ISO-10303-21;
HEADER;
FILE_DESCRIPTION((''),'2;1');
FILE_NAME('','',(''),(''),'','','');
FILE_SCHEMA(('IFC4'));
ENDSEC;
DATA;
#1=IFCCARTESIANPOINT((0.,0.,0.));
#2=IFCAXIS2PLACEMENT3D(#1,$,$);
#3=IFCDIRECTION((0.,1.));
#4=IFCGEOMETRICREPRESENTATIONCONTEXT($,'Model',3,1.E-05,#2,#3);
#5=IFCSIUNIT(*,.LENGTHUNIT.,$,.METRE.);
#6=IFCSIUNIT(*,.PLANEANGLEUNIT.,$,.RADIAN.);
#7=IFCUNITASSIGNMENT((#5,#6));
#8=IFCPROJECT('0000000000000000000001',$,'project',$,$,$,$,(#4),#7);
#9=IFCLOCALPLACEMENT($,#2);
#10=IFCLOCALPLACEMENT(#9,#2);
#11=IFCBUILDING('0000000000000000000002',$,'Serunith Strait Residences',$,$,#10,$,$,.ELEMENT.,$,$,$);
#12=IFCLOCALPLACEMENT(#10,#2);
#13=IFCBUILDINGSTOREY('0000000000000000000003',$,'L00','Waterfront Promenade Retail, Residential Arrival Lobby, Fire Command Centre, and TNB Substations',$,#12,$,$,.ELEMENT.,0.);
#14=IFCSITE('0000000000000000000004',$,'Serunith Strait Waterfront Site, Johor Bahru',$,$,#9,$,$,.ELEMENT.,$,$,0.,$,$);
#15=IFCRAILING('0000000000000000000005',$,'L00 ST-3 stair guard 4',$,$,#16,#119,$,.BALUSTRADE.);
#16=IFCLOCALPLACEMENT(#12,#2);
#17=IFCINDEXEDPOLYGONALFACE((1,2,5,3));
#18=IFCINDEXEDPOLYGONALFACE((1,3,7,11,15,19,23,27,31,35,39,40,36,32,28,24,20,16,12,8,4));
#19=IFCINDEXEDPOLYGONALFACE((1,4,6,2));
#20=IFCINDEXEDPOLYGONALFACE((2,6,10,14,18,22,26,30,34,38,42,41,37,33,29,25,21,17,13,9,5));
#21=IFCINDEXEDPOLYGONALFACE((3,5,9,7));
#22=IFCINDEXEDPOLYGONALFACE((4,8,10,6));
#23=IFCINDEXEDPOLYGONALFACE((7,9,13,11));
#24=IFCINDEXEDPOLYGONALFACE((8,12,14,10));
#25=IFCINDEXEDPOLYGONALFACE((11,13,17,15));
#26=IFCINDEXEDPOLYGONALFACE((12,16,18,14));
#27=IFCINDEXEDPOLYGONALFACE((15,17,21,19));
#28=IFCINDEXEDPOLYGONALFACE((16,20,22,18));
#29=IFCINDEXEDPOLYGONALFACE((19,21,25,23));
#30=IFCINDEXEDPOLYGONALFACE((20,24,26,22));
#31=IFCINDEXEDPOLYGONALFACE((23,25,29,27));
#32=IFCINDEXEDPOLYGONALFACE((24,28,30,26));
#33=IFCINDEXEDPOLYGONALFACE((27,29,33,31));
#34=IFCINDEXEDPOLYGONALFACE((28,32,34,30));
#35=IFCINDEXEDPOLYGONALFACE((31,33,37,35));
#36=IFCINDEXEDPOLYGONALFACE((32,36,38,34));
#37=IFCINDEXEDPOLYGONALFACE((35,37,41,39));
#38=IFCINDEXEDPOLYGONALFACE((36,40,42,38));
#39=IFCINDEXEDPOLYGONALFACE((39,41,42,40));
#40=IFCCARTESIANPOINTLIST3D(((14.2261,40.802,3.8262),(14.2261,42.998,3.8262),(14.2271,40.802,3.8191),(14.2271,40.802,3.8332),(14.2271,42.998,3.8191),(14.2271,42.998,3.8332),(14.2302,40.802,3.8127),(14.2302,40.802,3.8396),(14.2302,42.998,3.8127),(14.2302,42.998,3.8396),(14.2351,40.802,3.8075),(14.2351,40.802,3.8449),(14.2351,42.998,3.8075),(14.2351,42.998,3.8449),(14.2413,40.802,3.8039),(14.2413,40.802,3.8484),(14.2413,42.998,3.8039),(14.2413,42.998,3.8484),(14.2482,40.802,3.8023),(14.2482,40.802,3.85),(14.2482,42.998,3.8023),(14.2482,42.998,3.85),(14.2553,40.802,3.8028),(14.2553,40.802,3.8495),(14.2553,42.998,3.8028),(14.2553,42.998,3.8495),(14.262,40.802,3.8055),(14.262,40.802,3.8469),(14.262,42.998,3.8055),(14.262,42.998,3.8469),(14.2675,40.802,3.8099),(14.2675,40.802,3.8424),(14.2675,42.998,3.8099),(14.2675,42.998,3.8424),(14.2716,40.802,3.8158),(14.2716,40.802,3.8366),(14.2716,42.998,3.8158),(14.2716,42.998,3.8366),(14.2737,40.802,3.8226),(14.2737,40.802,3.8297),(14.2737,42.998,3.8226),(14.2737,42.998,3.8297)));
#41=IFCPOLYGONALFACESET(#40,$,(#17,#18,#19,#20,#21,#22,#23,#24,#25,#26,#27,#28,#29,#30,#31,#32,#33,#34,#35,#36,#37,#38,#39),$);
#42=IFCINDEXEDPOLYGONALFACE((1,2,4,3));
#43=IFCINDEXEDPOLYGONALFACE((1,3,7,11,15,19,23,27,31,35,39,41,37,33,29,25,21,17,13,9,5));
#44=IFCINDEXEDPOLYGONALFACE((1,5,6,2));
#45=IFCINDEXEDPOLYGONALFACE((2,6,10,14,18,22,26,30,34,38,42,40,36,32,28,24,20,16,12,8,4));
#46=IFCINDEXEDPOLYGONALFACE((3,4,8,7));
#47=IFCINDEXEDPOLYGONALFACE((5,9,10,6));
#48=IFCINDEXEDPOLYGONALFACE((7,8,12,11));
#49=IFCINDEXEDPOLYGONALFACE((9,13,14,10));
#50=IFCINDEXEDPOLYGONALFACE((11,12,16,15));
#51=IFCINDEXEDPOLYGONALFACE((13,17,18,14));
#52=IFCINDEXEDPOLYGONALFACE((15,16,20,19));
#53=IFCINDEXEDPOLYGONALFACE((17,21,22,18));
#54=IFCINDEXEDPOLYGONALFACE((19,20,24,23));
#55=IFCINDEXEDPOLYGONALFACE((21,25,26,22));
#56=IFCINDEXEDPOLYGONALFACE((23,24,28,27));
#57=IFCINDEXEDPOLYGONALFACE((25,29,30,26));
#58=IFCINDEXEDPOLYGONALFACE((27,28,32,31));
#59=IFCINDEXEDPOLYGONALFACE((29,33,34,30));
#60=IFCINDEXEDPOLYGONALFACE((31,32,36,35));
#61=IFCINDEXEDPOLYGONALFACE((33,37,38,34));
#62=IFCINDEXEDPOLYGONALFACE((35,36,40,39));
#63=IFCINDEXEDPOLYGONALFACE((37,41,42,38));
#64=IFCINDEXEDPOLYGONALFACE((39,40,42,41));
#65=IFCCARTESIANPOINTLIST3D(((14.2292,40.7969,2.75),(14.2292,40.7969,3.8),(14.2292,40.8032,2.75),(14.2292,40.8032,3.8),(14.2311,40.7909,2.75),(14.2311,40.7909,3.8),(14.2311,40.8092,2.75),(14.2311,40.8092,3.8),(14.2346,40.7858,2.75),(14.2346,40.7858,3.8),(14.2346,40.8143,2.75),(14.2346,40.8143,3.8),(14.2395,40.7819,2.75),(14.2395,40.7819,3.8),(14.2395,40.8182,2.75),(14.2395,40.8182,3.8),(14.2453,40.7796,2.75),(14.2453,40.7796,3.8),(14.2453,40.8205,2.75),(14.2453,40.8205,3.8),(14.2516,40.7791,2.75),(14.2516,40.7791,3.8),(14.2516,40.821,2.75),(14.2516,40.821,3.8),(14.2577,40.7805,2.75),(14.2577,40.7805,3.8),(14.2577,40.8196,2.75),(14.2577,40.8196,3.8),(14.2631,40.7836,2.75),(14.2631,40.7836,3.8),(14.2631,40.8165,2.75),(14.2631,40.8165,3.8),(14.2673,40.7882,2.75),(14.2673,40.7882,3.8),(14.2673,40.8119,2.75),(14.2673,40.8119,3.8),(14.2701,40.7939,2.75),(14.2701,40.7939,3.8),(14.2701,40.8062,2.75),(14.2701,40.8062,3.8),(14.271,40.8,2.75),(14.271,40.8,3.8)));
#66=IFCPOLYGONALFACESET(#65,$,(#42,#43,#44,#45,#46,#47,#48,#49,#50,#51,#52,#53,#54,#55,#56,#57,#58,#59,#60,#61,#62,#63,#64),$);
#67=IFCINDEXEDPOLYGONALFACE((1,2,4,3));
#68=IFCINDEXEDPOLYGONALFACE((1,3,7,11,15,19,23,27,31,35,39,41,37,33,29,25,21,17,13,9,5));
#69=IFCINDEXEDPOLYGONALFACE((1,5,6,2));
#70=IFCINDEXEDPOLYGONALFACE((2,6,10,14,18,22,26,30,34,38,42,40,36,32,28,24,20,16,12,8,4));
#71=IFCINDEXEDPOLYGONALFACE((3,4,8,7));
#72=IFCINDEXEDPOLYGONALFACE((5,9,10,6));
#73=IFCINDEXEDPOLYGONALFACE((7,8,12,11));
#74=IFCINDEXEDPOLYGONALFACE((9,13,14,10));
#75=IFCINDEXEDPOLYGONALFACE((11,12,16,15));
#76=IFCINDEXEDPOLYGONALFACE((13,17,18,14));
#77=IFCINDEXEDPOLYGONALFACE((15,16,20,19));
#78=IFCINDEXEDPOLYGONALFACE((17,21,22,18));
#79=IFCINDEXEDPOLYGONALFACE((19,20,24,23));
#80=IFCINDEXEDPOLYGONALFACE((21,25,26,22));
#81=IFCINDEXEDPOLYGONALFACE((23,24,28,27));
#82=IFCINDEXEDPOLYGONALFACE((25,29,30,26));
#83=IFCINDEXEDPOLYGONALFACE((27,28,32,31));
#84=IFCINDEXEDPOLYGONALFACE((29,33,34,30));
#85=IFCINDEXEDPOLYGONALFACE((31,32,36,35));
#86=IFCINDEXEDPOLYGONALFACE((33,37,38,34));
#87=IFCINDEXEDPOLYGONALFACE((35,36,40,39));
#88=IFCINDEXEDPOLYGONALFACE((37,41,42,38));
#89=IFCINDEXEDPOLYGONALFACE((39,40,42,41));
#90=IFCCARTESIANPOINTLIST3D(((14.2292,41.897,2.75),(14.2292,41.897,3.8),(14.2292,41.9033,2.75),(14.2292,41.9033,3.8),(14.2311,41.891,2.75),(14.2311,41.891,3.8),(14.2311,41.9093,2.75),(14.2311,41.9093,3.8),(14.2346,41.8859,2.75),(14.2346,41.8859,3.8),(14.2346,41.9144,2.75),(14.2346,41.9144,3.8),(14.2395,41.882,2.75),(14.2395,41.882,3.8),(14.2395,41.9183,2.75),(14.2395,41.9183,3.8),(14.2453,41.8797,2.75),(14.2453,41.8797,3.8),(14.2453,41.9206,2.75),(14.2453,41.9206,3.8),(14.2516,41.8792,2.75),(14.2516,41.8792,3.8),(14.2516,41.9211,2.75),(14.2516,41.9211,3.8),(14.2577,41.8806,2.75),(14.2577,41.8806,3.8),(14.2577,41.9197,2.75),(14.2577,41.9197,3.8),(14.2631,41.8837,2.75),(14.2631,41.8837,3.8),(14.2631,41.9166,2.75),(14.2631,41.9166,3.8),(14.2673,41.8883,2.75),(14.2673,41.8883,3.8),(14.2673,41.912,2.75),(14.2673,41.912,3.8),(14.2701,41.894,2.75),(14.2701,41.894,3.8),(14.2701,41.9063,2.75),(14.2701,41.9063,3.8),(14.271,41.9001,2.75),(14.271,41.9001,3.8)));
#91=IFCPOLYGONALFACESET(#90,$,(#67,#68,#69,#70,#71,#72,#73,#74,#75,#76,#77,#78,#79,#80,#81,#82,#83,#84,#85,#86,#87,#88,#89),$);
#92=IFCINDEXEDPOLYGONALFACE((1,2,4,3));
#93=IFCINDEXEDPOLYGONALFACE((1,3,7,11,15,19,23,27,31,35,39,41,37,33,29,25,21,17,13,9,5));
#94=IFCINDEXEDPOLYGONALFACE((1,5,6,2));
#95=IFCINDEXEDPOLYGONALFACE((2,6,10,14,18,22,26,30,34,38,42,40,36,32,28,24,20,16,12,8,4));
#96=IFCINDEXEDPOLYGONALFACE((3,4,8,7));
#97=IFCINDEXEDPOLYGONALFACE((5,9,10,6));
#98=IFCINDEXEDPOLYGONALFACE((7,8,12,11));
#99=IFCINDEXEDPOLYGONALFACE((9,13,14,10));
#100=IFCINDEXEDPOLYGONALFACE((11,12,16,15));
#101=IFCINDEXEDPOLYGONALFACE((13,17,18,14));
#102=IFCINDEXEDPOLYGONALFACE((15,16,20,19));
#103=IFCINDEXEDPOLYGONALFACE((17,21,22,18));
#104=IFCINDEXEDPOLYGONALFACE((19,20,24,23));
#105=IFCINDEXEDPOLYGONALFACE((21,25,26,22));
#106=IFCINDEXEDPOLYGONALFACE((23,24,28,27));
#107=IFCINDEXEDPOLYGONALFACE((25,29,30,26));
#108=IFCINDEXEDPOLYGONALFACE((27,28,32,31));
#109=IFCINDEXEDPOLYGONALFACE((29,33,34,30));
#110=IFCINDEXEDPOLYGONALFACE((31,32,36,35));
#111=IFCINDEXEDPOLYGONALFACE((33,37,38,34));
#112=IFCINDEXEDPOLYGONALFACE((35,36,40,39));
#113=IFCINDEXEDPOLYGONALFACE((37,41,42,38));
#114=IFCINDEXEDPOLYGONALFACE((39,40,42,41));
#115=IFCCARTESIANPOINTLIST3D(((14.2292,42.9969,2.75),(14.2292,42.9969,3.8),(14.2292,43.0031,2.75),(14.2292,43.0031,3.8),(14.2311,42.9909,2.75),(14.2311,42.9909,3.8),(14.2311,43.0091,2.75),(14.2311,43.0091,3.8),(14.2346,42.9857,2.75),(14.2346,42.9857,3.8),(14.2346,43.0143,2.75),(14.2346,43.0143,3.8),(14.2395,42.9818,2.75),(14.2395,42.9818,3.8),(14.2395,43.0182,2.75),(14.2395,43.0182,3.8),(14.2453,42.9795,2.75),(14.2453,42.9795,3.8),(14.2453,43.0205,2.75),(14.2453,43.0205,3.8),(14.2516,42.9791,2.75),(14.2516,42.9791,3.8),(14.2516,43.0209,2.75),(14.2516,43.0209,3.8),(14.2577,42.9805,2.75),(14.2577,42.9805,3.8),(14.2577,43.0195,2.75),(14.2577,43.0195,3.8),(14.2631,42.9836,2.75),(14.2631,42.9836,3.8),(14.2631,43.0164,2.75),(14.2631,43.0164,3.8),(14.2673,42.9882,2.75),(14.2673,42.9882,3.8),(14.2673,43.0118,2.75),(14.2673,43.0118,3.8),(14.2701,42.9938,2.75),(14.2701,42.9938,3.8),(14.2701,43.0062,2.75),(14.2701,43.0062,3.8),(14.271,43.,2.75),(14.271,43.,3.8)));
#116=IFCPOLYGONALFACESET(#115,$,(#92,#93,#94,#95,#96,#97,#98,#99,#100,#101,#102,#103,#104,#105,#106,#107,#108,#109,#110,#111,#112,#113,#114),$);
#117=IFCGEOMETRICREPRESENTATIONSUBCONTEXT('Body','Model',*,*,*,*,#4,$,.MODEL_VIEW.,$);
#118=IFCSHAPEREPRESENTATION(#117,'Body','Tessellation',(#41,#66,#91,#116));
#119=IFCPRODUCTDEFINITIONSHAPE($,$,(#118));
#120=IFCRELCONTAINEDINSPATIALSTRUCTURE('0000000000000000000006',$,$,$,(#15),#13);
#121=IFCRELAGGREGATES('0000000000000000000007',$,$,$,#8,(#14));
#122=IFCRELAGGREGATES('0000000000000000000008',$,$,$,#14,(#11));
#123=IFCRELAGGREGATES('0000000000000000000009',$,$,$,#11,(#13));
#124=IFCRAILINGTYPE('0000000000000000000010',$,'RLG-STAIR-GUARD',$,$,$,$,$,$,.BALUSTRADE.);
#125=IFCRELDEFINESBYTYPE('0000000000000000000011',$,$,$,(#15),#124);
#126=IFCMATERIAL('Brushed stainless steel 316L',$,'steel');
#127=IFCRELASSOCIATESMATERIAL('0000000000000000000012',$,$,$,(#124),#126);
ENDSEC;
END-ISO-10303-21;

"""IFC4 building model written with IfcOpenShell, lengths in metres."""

from ifc_helpers import new_model, si_unit, direction, frame, origin, origin_2d, place, context, subcontext, project, spatial, circle, extrude, material, type_object, element, save


model = new_model("IFC4")

# Units and contexts
model_context = context("Model", 3, precision=1e-05, world=origin(), true_north=direction((0.0, 1.0)))
body_context = subcontext(model_context, "Body", "Model", "MODEL_VIEW")
ifc_project = project(units=[si_unit("LENGTHUNIT", "METRE"), si_unit("PLANEANGLEUNIT", "RADIAN")], contexts=[model_context])

# Site, building, storey
site_placement = place(None, origin())
site = spatial("IfcSite", under=ifc_project, at=site_placement, Name="Serunith Strait Waterfront Site, Johor Bahru", CompositionType="ELEMENT", RefElevation=0.0)
building_placement = place(site_placement, origin())
building = spatial("IfcBuilding", under=site, at=building_placement, Name="Serunith Strait Residences", CompositionType="ELEMENT")
storey_placement = place(building_placement, origin())
storey = spatial("IfcBuildingStorey", under=building, at=storey_placement, Name="L00", Description="Waterfront Promenade Retail, Residential Arrival Lobby, Fire Command Centre, and TNB Substations", CompositionType="ELEMENT", Elevation=0.0)

# Railing
ifc_material_1 = material(Name="Brushed stainless steel 316L", Category="steel")
railing_type_1 = type_object("IfcRailingType", Name="RLG-STAIR-GUARD", PredefinedType="BALUSTRADE", material=ifc_material_1)
for number, where, name in (
    (1, (14.25, 40.8, 2.75), "L00 ST-3 stair guard 4"),
):
    element("IfcRailing", number, at=place(storey_placement, frame(where)), inside=storey, type_object=railing_type_1, Name=name, PredefinedType="BALUSTRADE", context=body_context, shape_type="SweptSolid", body=[
        extrude(circle(Radius=0.0239, at=origin_2d()), frame((0.0, 0.002, 1.0762), z_axis=(0.0, 1.0, 0.0), x_axis=(-1.0, 0.0, 0.0)), (0.0, 0.0, 1.0), 2.196),
        extrude(circle(Radius=0.021, at=origin_2d()), origin(), (0.0, 0.0, 1.0), 1.05),
        extrude(circle(Radius=0.021, at=origin_2d()), frame((0.0, 1.1001, 0.0)), (0.0, 0.0, 1.0), 1.05),
        extrude(circle(Radius=0.021, at=origin_2d()), frame((0.0, 2.2, 0.0)), (0.0, 0.0, 1.0), 1.05),
    ])

save(model, "model.ifc")
